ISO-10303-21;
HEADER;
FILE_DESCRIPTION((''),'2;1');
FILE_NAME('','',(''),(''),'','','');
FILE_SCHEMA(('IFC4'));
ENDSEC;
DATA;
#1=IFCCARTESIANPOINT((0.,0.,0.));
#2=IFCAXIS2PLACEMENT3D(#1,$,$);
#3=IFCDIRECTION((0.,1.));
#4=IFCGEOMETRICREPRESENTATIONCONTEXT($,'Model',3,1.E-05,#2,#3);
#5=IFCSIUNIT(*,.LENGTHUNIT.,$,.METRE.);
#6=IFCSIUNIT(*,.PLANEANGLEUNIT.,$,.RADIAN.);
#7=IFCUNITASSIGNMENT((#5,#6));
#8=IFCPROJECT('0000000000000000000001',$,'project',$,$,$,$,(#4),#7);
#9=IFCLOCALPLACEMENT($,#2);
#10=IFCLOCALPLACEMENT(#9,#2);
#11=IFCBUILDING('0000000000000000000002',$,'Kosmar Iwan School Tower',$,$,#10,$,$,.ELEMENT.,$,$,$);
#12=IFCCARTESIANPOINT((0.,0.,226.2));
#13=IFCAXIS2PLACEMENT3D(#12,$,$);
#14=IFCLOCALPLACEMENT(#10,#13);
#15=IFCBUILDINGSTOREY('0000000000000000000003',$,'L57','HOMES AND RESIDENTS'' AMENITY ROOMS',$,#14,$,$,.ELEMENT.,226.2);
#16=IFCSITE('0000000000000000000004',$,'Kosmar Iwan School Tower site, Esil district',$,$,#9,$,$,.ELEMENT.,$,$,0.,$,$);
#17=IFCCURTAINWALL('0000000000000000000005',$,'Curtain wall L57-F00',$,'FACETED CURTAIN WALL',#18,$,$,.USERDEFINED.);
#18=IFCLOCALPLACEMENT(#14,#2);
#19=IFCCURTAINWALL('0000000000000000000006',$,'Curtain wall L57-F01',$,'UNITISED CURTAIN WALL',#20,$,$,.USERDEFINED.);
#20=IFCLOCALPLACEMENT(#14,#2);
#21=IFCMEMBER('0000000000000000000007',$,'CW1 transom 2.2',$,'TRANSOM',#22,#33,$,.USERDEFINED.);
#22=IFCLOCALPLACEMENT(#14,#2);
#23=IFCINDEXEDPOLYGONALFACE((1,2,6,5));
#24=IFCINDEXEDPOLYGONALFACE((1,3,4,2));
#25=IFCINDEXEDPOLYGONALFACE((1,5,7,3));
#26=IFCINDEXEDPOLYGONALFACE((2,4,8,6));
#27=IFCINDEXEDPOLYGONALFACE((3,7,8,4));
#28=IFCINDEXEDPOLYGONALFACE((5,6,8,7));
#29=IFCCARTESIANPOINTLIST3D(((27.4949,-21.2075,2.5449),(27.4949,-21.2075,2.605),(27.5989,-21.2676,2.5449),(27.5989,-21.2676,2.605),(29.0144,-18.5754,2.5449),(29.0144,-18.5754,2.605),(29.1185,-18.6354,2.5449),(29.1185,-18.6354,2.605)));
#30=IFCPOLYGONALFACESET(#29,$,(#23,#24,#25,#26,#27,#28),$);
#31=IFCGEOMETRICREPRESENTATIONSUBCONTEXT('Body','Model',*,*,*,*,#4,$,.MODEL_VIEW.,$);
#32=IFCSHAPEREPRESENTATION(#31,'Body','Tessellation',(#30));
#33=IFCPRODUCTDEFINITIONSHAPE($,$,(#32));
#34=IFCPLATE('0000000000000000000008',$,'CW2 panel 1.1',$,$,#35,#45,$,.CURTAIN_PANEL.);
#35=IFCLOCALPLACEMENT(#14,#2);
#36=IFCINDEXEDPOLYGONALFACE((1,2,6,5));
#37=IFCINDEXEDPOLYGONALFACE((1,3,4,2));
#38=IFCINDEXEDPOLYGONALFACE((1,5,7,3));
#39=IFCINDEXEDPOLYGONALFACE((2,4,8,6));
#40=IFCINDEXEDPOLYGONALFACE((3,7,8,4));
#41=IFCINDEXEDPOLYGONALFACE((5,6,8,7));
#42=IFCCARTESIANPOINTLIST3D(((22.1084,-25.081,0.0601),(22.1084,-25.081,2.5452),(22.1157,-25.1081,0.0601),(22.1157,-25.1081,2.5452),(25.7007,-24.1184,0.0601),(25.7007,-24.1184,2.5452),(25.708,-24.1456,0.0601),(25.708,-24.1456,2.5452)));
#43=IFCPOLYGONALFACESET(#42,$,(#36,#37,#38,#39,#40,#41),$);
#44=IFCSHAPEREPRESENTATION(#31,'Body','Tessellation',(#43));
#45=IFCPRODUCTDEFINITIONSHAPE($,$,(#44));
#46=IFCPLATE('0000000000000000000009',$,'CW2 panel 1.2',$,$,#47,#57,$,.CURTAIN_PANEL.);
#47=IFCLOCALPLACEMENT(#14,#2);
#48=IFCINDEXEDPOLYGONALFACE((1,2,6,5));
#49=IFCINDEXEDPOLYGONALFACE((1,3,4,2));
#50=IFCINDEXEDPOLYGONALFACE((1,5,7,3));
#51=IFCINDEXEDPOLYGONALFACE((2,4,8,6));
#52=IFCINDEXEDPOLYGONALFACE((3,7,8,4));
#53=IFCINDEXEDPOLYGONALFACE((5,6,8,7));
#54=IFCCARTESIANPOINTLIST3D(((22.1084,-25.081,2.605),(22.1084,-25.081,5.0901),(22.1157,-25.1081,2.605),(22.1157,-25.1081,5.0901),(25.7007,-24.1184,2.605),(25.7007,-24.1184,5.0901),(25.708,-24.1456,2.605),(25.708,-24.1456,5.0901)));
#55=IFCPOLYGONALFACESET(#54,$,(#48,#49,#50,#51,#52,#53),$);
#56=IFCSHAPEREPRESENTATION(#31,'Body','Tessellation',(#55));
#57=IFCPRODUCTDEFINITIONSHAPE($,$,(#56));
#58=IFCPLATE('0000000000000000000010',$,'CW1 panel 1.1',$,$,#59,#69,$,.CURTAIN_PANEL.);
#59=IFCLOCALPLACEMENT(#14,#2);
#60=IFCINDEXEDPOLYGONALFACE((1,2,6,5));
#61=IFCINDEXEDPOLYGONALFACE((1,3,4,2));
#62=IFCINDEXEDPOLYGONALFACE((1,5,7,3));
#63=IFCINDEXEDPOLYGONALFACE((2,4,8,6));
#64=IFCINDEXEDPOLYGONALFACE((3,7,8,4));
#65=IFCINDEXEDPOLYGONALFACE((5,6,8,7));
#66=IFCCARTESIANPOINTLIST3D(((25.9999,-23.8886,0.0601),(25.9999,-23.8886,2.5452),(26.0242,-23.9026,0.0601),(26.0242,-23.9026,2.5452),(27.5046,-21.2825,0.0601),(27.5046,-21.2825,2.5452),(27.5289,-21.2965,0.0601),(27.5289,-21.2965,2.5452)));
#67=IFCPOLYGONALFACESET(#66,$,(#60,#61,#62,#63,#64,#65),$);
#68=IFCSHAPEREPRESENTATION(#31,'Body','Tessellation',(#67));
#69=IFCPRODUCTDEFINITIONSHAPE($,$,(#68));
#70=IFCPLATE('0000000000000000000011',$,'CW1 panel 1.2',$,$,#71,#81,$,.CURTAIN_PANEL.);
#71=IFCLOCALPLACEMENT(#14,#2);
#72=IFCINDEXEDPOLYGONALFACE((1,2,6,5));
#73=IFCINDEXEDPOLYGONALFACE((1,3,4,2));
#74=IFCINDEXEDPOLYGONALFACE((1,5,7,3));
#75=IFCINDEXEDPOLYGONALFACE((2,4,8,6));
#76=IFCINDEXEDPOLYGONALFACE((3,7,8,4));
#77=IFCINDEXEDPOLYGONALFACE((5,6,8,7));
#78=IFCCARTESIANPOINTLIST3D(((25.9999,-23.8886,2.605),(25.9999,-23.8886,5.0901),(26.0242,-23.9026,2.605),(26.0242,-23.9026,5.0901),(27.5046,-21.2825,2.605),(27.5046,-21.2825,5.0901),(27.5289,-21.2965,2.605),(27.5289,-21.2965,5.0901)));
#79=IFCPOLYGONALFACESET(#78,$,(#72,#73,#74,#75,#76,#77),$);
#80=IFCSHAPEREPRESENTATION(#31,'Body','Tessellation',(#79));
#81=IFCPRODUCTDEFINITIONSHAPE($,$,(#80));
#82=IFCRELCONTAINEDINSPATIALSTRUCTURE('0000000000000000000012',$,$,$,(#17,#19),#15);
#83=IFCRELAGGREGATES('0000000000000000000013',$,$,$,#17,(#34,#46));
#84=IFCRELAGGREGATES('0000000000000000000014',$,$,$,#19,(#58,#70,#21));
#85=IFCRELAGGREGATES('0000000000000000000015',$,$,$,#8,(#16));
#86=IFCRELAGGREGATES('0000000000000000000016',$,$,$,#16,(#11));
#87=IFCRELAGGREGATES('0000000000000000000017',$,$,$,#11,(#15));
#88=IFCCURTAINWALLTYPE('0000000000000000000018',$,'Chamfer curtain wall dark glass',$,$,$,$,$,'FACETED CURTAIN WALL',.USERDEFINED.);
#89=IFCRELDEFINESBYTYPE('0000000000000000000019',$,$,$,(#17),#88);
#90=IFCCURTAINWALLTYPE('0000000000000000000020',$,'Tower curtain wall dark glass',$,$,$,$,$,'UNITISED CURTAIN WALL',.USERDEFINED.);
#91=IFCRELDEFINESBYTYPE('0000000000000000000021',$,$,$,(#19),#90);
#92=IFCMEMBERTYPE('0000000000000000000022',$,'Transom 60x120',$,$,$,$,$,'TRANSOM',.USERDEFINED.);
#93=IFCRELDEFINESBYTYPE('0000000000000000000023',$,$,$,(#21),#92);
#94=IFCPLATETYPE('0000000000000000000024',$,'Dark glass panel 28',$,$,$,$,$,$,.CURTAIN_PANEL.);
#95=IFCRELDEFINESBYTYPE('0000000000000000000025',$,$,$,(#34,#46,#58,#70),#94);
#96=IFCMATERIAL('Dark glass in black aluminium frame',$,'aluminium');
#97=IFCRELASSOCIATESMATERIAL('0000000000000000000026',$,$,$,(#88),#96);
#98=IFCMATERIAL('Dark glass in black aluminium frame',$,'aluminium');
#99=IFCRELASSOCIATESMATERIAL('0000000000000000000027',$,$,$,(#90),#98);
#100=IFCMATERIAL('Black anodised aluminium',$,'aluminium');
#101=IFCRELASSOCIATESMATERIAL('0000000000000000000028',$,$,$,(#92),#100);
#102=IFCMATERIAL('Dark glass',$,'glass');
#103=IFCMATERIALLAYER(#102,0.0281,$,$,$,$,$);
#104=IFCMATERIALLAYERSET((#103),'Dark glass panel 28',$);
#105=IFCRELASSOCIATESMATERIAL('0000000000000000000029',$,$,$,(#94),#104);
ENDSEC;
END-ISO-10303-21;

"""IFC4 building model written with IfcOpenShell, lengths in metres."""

from ifc_helpers import new_model, si_unit, direction, frame, origin, origin_2d, place, context, subcontext, project, spatial, rectangle, extrude, material, layer, layer_set, material_profile, profile_set, type_object, element, aggregate, save


model = new_model("IFC4")

# Units and contexts
model_context = context("Model", 3, precision=1e-05, world=origin(), true_north=direction((0.0, 1.0)))
body_context = subcontext(model_context, "Body", "Model", "MODEL_VIEW")
ifc_project = project(units=[si_unit("LENGTHUNIT", "METRE"), si_unit("PLANEANGLEUNIT", "RADIAN")], contexts=[model_context])

# Site, building, storey
site_placement = place(None, origin())
site = spatial("IfcSite", under=ifc_project, at=site_placement, Name="Kosmar Iwan School Tower site, Esil district", CompositionType="ELEMENT", RefElevation=0.0)
building_placement = place(site_placement, origin())
building = spatial("IfcBuilding", under=site, at=building_placement, Name="Kosmar Iwan School Tower", CompositionType="ELEMENT")
storey_placement = place(building_placement, frame((0.0, 0.0, 226.2)))
storey = spatial("IfcBuildingStorey", under=building, at=storey_placement, Name="L57", Description="HOMES AND RESIDENTS' AMENITY ROOMS", CompositionType="ELEMENT", Elevation=226.2)

# Curtain wall
ifc_material_1 = material(Name="Dark glass in black aluminium frame", Category="aluminium")
curtain_wall_type_1 = type_object("IfcCurtainWallType", Name="Chamfer curtain wall dark glass", ElementType="FACETED CURTAIN WALL", PredefinedType="USERDEFINED", material=ifc_material_1)
curtain_wall_1_placement = place(storey_placement, origin())
curtain_wall_1 = element("IfcCurtainWall", 1, at=curtain_wall_1_placement, inside=storey, type_object=curtain_wall_type_1, Name="Curtain wall L57-F00", ObjectType="FACETED CURTAIN WALL", PredefinedType="USERDEFINED")

# Curtain wall
ifc_material_2 = material(Name="Dark glass in black aluminium frame", Category="aluminium")
curtain_wall_type_2 = type_object("IfcCurtainWallType", Name="Tower curtain wall dark glass", ElementType="UNITISED CURTAIN WALL", PredefinedType="USERDEFINED", material=ifc_material_2)
curtain_wall_2_placement = place(storey_placement, origin())
curtain_wall_2 = element("IfcCurtainWall", 2, at=curtain_wall_2_placement, inside=storey, type_object=curtain_wall_type_2, Name="Curtain wall L57-F01", ObjectType="UNITISED CURTAIN WALL", PredefinedType="USERDEFINED")

# Member
ifc_material_3 = material(Name="Black anodised aluminium", Category="aluminium")
ifc_material_profile_1 = material_profile(ifc_material_3, rectangle(XDim=0.1201, YDim=0.0601, at=origin_2d()), Name="TRANSOM 60x120")
ifc_profile_set_1 = profile_set([ifc_material_profile_1], Name="Black anodised aluminium")
member_type_1 = type_object("IfcMemberType", Name="Transom 60x120", ElementType="TRANSOM", PredefinedType="USERDEFINED", material=ifc_profile_set_1)
member_1_placement = place(storey_placement, frame((27.5469, -21.2375, 2.575), z_axis=(0.499975, 0.86604, 0.0), x_axis=(-0.86604, 0.499975, 0.0)))
member_1 = element("IfcMember", 3, at=member_1_placement, type_object=member_type_1, Name="CW1 transom 2.2", ObjectType="TRANSOM", PredefinedType="USERDEFINED", context=body_context, shape_type="SweptSolid", body=[
    extrude(rectangle(XDim=0.1201, YDim=0.0601, at=origin_2d()), origin(), (0.0, 0.0, 1.0), 3.0393),
])

# Plates
ifc_material_4 = material(Name="Dark glass", Category="glass")
ifc_layer = layer(ifc_material_4, 0.0281)
ifc_layer_set = layer_set([ifc_layer], Name="Dark glass panel 28")
plate_type = type_object("IfcPlateType", Name="Dark glass panel 28", PredefinedType="CURTAIN_PANEL", material=ifc_layer_set)
plate_1_placement = place(storey_placement, frame((23.9082, -24.6133, 0.0601), z_axis=(0.0, 0.0, 1.0), x_axis=(0.965926, 0.258819, 0.0)))
plate_1 = element("IfcPlate", 4, at=plate_1_placement, type_object=plate_type, Name="CW2 panel 1.1", PredefinedType="CURTAIN_PANEL", context=body_context, shape_type="SweptSolid", body=[
    extrude(rectangle(XDim=3.719, YDim=0.0281, at=origin_2d()), origin(), (0.0, 0.0, 1.0), 2.4851),
])
plate_2_placement = place(storey_placement, frame((23.9082, -24.6133, 2.605), z_axis=(0.0, 0.0, 1.0), x_axis=(0.965926, 0.258819, 0.0)))
plate_2 = element("IfcPlate", 5, at=plate_2_placement, type_object=plate_type, Name="CW2 panel 1.2", PredefinedType="CURTAIN_PANEL", context=body_context, shape_type="SweptSolid", body=[
    extrude(rectangle(XDim=3.719, YDim=0.0281, at=origin_2d()), origin(), (0.0, 0.0, 1.0), 2.4851),
])
aggregate(curtain_wall_1, [plate_1, plate_2])
plate_3_placement = place(storey_placement, frame((26.7644, -22.5925, 0.0601), z_axis=(0.0, 0.0, 1.0), x_axis=(0.5, 0.866025, 0.0)))
plate_3 = element("IfcPlate", 6, at=plate_3_placement, type_object=plate_type, Name="CW1 panel 1.1", PredefinedType="CURTAIN_PANEL", context=body_context, shape_type="SweptSolid", body=[
    extrude(rectangle(XDim=3.0093, YDim=0.0281, at=origin_2d()), origin(), (0.0, 0.0, 1.0), 2.4851),
])
plate_4_placement = place(storey_placement, frame((26.7644, -22.5925, 2.605), z_axis=(0.0, 0.0, 1.0), x_axis=(0.5, 0.866025, 0.0)))
plate_4 = element("IfcPlate", 7, at=plate_4_placement, type_object=plate_type, Name="CW1 panel 1.2", PredefinedType="CURTAIN_PANEL", context=body_context, shape_type="SweptSolid", body=[
    extrude(rectangle(XDim=3.0093, YDim=0.0281, at=origin_2d()), origin(), (0.0, 0.0, 1.0), 2.4851),
])
aggregate(curtain_wall_2, [plate_3, plate_4, member_1])

save(model, "model.ifc")
